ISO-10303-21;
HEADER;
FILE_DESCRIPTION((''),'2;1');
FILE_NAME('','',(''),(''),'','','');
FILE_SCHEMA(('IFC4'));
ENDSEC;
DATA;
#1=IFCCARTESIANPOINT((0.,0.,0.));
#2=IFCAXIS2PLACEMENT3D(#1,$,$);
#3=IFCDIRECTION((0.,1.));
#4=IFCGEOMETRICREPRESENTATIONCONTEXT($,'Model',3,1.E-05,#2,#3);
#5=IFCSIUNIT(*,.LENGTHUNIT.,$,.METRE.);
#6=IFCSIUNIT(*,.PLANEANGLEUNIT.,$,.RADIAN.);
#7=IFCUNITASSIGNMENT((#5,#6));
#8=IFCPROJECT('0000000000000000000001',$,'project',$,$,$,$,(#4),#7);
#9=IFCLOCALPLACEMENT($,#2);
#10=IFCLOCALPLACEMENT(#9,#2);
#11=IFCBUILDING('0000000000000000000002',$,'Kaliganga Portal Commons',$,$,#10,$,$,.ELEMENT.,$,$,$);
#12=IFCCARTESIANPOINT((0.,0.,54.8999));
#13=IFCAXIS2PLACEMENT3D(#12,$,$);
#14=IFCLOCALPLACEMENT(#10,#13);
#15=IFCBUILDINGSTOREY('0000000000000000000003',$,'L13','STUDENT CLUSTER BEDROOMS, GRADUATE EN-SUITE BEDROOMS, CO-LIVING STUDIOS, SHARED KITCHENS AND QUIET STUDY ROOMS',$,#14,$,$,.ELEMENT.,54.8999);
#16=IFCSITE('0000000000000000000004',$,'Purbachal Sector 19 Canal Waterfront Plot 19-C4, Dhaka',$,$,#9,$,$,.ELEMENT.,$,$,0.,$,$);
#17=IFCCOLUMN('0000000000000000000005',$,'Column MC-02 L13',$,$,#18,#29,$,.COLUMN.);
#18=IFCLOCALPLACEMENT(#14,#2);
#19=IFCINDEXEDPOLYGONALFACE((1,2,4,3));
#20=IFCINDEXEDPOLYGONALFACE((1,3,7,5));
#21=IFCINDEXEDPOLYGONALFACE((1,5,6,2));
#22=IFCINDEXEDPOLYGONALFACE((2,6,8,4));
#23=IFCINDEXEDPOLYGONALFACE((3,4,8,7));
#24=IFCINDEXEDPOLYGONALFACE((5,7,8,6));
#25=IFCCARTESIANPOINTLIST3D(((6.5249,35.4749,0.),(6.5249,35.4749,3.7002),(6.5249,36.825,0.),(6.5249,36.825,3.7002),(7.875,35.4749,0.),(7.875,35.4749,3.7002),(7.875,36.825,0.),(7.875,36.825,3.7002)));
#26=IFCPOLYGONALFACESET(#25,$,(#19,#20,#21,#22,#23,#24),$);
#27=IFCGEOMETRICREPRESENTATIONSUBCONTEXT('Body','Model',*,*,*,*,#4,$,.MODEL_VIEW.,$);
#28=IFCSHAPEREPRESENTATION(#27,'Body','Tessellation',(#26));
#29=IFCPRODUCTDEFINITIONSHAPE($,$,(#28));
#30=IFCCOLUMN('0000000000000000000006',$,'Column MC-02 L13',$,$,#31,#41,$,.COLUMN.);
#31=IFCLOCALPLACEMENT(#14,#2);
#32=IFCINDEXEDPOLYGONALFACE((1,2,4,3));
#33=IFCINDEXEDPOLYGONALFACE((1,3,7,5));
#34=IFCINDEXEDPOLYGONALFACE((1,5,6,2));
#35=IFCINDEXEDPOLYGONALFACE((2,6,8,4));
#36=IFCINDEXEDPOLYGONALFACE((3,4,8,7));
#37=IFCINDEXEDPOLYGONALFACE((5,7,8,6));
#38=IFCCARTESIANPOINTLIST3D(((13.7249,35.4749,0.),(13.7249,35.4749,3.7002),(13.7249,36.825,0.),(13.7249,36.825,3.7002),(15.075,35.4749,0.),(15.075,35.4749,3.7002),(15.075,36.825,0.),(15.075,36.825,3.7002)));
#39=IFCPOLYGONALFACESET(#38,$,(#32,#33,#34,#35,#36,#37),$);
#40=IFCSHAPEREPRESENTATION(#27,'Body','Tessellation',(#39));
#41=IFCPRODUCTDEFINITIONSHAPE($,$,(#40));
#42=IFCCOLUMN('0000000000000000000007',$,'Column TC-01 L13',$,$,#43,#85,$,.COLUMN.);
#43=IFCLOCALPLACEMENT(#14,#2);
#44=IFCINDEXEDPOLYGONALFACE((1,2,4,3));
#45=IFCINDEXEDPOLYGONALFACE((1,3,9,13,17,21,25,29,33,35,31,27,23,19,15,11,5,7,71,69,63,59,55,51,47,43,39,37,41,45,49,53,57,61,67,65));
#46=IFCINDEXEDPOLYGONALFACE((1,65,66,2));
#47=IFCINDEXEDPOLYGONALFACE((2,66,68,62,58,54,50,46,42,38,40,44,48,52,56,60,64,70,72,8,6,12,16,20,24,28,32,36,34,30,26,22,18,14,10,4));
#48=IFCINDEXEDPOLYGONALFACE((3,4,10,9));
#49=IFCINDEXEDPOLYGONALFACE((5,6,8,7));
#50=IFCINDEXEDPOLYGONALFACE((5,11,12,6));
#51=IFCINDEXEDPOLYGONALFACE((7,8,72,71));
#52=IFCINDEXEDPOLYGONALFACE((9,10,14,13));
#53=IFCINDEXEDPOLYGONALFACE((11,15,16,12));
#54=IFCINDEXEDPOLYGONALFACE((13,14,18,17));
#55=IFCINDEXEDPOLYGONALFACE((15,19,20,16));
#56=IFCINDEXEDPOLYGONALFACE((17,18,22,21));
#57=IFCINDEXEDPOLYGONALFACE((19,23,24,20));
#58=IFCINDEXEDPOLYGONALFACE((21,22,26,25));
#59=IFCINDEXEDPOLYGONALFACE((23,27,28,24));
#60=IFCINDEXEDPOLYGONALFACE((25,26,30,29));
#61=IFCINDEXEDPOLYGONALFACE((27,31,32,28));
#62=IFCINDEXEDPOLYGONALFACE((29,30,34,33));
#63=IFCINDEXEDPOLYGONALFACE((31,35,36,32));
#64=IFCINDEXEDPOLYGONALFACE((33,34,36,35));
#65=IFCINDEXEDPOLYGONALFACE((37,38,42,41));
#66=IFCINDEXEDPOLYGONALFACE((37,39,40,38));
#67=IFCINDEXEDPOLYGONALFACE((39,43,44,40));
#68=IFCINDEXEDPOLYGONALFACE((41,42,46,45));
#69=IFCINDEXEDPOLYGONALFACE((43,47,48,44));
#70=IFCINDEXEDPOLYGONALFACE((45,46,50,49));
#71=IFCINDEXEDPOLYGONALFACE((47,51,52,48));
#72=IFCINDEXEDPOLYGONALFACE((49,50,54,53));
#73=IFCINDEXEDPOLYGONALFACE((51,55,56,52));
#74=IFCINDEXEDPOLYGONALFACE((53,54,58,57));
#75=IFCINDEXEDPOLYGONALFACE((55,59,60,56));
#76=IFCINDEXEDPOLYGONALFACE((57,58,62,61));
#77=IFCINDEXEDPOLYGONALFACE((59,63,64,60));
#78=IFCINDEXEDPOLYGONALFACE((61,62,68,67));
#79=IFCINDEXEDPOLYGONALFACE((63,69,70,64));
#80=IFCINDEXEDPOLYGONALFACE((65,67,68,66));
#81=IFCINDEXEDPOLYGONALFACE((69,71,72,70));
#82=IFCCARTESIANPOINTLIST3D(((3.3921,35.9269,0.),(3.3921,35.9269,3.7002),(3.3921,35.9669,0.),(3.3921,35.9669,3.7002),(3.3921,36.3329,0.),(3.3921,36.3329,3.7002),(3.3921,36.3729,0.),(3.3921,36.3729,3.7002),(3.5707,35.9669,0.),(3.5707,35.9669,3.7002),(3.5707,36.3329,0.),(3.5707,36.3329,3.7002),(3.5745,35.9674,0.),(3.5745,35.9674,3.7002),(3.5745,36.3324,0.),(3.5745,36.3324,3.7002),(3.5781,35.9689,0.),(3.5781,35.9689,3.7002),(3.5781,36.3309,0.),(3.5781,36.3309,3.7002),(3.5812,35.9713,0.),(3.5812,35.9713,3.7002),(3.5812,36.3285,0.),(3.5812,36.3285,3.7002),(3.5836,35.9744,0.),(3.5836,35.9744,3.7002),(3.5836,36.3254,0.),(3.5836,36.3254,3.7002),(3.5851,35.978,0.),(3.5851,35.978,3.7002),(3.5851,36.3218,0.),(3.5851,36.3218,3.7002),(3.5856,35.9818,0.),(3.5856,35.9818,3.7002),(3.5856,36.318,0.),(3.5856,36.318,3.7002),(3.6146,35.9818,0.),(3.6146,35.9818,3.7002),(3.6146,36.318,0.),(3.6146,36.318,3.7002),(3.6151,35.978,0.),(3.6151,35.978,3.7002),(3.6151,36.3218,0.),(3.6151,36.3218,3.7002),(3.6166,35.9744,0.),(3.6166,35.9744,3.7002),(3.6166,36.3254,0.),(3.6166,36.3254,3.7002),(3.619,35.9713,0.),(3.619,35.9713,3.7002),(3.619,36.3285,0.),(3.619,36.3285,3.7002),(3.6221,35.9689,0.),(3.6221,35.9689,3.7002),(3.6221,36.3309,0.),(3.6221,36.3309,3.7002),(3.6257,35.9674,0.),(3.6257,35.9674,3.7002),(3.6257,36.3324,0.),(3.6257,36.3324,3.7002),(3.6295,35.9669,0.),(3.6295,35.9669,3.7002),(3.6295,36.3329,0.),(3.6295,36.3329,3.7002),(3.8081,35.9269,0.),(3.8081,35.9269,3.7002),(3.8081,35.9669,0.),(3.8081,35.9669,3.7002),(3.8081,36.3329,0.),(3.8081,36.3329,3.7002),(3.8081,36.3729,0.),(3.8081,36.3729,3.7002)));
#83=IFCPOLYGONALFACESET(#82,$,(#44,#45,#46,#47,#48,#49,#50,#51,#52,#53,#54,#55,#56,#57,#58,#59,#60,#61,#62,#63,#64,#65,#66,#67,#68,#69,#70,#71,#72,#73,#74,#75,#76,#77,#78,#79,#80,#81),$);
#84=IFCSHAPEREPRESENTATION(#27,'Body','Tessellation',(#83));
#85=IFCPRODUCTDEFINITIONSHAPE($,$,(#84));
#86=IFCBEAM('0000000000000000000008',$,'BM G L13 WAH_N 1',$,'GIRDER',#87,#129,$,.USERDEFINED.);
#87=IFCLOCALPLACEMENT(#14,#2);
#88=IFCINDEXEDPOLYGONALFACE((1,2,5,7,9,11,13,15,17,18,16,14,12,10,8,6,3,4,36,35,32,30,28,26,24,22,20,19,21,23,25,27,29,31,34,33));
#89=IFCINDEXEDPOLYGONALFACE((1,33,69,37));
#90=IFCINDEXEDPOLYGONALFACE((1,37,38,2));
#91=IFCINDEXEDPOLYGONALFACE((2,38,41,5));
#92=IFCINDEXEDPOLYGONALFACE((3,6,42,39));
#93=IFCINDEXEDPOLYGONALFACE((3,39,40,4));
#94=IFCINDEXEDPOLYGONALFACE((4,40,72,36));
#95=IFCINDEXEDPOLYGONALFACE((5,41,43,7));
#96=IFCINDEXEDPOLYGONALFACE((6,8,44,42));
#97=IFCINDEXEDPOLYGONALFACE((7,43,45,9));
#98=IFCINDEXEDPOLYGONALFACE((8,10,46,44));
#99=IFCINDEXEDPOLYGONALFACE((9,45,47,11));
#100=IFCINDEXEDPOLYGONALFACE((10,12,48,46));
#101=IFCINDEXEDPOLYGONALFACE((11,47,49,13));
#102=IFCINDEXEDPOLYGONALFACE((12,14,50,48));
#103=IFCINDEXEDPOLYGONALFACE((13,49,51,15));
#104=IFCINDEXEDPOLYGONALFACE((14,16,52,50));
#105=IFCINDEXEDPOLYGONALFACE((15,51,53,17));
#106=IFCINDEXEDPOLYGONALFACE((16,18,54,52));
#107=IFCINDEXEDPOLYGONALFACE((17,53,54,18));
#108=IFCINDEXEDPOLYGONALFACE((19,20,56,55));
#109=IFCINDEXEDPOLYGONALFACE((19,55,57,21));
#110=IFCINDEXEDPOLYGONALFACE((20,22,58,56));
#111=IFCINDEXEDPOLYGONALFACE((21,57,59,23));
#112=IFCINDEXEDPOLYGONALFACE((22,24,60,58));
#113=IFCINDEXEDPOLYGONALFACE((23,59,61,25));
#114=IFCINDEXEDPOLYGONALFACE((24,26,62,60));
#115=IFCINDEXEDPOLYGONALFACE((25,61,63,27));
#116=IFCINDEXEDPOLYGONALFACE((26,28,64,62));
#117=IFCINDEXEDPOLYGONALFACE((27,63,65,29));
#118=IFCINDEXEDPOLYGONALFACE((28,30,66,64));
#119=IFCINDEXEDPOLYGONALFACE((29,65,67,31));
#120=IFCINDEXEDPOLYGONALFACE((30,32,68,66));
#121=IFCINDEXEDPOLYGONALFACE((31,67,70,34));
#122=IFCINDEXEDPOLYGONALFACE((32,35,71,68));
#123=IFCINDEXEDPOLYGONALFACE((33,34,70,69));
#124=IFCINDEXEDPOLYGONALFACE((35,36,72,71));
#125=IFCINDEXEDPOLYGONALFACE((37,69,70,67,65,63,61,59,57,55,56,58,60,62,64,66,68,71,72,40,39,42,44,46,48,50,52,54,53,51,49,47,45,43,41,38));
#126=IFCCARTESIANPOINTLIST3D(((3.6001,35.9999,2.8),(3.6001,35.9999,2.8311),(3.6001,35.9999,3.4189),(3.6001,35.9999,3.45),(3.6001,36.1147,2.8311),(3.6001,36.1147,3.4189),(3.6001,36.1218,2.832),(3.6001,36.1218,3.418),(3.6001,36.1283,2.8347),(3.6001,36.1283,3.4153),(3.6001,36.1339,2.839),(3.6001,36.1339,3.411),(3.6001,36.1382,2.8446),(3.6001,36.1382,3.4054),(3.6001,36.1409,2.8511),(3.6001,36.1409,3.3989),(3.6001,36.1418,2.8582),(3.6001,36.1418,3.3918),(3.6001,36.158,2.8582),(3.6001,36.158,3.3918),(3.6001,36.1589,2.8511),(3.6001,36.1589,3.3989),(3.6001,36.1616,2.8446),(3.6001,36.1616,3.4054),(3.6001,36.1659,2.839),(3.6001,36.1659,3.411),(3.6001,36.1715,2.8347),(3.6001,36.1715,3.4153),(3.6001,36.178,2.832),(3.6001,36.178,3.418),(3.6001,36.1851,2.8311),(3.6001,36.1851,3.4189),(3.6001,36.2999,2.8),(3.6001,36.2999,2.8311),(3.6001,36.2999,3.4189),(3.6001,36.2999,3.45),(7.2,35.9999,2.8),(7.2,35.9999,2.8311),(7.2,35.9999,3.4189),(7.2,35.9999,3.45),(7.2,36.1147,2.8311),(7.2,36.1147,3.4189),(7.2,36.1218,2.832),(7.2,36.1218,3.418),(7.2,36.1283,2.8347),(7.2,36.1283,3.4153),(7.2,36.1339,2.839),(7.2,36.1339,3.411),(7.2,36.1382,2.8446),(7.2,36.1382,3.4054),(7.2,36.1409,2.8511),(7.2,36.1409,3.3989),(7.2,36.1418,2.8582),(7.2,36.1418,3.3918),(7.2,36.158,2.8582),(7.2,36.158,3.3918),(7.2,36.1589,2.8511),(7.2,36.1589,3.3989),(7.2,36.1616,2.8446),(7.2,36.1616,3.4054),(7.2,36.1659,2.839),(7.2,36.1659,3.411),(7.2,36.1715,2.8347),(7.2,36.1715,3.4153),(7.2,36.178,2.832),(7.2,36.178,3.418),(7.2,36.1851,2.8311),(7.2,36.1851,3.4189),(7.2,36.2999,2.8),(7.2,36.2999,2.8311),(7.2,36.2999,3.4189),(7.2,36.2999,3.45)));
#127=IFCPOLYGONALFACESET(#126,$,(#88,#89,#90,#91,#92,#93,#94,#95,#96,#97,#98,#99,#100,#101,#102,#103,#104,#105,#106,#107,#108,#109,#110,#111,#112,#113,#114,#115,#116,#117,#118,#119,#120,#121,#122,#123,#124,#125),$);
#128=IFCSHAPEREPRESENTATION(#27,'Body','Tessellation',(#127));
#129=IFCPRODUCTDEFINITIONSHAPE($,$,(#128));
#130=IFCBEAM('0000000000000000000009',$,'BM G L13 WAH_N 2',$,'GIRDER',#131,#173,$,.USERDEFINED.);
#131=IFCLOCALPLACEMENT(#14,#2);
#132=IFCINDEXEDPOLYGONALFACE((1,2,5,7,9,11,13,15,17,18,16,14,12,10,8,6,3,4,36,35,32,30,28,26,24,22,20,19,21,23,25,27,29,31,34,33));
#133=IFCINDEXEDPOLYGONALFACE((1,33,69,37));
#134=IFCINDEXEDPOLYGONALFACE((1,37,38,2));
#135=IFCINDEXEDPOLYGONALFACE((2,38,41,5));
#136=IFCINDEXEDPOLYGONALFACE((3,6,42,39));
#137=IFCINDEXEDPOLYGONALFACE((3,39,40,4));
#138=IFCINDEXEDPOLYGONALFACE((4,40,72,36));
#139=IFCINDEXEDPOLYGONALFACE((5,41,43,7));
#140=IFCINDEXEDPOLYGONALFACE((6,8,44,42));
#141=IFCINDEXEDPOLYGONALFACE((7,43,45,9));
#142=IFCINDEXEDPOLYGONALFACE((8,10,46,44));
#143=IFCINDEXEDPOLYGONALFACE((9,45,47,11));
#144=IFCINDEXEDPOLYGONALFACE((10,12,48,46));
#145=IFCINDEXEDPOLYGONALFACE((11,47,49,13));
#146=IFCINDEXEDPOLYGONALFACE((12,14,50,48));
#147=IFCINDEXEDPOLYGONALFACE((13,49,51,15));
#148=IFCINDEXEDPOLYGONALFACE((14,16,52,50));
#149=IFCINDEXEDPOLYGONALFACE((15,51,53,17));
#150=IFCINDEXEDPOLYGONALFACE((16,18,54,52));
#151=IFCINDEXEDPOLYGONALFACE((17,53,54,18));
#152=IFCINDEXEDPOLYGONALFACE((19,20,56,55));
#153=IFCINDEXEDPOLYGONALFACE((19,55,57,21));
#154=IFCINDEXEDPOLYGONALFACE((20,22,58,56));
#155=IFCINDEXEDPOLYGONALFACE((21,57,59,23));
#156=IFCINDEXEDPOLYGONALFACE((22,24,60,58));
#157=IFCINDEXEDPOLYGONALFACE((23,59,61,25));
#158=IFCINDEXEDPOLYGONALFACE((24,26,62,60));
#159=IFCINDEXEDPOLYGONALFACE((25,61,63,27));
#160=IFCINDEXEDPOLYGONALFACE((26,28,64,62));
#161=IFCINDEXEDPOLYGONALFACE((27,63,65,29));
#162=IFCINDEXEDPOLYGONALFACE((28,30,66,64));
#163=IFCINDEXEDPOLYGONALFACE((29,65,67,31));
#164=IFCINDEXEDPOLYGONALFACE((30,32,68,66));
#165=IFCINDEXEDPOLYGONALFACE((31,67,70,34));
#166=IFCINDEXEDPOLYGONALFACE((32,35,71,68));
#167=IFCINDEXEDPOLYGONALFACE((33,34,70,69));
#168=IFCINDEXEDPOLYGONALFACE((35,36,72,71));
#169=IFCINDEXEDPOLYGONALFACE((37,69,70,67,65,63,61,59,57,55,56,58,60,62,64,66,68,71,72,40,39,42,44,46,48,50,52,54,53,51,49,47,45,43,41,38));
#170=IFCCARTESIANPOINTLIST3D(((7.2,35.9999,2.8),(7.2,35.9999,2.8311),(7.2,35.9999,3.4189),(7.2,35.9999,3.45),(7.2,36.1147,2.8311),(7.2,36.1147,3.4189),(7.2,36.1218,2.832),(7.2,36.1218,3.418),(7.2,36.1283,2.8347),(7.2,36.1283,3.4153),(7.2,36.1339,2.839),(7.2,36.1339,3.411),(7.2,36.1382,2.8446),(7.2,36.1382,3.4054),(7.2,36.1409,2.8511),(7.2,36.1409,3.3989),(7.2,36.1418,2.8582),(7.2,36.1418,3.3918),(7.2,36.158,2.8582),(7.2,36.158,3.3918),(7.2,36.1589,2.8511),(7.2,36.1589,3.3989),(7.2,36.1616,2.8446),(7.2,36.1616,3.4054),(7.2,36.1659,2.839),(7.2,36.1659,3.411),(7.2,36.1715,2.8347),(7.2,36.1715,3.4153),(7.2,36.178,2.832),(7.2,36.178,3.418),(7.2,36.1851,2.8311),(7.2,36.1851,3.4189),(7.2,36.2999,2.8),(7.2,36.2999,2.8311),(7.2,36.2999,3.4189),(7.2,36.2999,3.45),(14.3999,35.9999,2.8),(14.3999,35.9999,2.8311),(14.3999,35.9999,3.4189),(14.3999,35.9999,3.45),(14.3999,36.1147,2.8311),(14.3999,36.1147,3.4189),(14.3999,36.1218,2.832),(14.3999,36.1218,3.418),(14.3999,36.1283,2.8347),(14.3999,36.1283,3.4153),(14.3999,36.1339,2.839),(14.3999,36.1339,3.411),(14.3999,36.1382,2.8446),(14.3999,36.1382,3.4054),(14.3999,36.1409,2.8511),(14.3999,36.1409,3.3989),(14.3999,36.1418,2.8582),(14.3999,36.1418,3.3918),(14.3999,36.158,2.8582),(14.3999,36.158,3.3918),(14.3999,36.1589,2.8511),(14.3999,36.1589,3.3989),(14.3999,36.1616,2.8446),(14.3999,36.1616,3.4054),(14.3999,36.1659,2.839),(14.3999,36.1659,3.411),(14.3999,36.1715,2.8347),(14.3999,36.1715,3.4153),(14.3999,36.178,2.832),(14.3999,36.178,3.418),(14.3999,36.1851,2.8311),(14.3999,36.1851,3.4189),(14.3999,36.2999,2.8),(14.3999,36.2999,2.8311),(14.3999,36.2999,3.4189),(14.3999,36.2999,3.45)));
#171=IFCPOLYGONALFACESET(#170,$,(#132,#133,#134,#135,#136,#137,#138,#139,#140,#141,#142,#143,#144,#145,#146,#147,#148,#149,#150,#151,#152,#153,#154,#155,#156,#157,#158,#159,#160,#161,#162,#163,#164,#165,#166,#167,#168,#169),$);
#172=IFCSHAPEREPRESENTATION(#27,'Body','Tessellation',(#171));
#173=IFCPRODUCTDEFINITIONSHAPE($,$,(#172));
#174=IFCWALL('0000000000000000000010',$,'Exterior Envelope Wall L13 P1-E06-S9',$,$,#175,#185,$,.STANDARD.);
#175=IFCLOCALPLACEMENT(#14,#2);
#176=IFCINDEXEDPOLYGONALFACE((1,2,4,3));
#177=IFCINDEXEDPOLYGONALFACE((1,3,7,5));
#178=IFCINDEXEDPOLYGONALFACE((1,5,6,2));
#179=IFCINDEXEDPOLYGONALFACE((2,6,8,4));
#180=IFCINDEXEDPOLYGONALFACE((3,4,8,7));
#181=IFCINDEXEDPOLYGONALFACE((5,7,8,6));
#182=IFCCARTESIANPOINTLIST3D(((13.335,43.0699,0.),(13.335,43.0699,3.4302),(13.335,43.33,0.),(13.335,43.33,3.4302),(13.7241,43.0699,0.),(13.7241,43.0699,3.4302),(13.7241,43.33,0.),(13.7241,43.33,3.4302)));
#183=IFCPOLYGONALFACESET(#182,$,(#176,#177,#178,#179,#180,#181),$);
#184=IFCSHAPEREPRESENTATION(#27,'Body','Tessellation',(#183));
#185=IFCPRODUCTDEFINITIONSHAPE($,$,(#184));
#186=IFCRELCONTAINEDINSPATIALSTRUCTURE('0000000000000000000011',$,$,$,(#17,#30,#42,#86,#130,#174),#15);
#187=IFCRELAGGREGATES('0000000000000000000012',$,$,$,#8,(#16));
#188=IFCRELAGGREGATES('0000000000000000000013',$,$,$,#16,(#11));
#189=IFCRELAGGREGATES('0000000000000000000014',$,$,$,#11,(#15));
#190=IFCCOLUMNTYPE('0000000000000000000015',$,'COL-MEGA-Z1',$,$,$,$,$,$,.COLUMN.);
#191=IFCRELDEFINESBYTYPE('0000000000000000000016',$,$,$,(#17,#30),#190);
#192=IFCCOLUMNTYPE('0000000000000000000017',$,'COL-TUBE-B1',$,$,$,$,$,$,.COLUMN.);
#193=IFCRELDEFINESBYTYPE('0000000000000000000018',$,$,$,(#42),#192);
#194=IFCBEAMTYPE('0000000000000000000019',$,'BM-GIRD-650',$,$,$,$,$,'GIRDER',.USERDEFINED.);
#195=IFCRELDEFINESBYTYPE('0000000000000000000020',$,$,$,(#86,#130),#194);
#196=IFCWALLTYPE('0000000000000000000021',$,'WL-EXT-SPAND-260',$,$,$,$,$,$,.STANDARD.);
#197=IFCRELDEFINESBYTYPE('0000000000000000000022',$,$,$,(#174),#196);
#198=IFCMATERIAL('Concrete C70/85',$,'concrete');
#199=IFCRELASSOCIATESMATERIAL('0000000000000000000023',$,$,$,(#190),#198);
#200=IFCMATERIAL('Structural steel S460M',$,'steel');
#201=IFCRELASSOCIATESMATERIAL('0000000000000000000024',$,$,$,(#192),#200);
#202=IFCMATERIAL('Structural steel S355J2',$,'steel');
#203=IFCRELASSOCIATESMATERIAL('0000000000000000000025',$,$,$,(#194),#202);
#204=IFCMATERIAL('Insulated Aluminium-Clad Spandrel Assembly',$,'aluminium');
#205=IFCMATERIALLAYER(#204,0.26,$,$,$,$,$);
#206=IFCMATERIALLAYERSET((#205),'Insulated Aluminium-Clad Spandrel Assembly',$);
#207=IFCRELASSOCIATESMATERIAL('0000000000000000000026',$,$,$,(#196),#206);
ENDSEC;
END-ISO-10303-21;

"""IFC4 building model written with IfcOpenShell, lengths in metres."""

from ifc_helpers import new_model, si_unit, direction, frame, frame_2d, origin, origin_2d, place, context, subcontext, project, spatial, rectangle, i_section, extrude, source, transform, mapped, material, layer, layer_set, material_profile, profile_set, type_object, element, save


model = new_model("IFC4")

# Units and contexts
model_context = context("Model", 3, precision=1e-05, world=origin(), true_north=direction((0.0, 1.0)))
body_context = subcontext(model_context, "Body", "Model", "MODEL_VIEW")
ifc_project = project(units=[si_unit("LENGTHUNIT", "METRE"), si_unit("PLANEANGLEUNIT", "RADIAN")], contexts=[model_context])

# Site, building, storey
site_placement = place(None, origin())
site = spatial("IfcSite", under=ifc_project, at=site_placement, Name="Purbachal Sector 19 Canal Waterfront Plot 19-C4, Dhaka", CompositionType="ELEMENT", RefElevation=0.0)
building_placement = place(site_placement, origin())
building = spatial("IfcBuilding", under=site, at=building_placement, Name="Kaliganga Portal Commons", CompositionType="ELEMENT")
storey_placement = place(building_placement, frame((0.0, 0.0, 54.8999)))
storey = spatial("IfcBuildingStorey", under=building, at=storey_placement, Name="L13", Description="STUDENT CLUSTER BEDROOMS, GRADUATE EN-SUITE BEDROOMS, CO-LIVING STUDIOS, SHARED KITCHENS AND QUIET STUDY ROOMS", CompositionType="ELEMENT", Elevation=54.8999)

# Columns
ifc_material_1 = material(Name="Concrete C70/85", Category="concrete")
ifc_material_profile_1 = material_profile(ifc_material_1, rectangle(XDim=1.3501, YDim=1.3501, at=origin_2d()), Name="RC 1350x1350")
ifc_profile_set_1 = profile_set([ifc_material_profile_1], Name="Concrete C70/85")
column_type_1 = type_object("IfcColumnType", Name="COL-MEGA-Z1", PredefinedType="COLUMN", material=ifc_profile_set_1)
shared_shape_1 = source(origin(), body_context, "Body", "SweptSolid", [
    extrude(rectangle(XDim=1.3501, YDim=1.3501, at=origin_2d()), origin(), (0.0, 0.0, 1.0), 3.7002),
])
for number, where, z_axis, x_axis, name in (
    (1, (7.2, 36.1499, 0.0), (0.0, 0.0, 1.0), (1.0, 0.0, 0.0), "Column MC-02 L13"),
    (2, (14.3999, 36.1499, 0.0), (0.0, 0.0, 1.0), (1.0, 0.0, 0.0), "Column MC-02 L13"),
):
    element("IfcColumn", number, at=place(storey_placement, frame(where, z_axis=z_axis, x_axis=x_axis)), inside=storey, type_object=column_type_1, Name=name, PredefinedType="COLUMN", context=body_context, shape_type="MappedRepresentation", body=[
        mapped(shared_shape_1, transform((0.0, 0.0, 0.0), x_axis=(1.0, 0.0, 0.0), y_axis=(0.0, 1.0, 0.0), z_axis=(0.0, 0.0, 1.0), scale=1.0)),
    ])
ifc_material_2 = material(Name="Structural steel S460M", Category="steel")
ifc_material_profile_2 = material_profile(ifc_material_2, i_section(OverallWidth=0.416, OverallDepth=0.446, WebThickness=0.0291, FlangeThickness=0.04, FilletRadius=0.0149, at=origin_2d()), Name="HD 400x509")
ifc_profile_set_2 = profile_set([ifc_material_profile_2], Name="Structural steel S460M wide-flange")
column_type_2 = type_object("IfcColumnType", Name="COL-TUBE-B1", PredefinedType="COLUMN", material=ifc_profile_set_2)
shared_shape_2 = source(origin(), body_context, "Body", "SweptSolid", [
    extrude(i_section(OverallWidth=0.416, OverallDepth=0.446, WebThickness=0.0291, FlangeThickness=0.04, FilletRadius=0.0149, at=origin_2d()), origin(), (0.0, 0.0, 1.0), 3.7002),
])
column_placement = place(storey_placement, frame((3.6001, 36.1499, 0.0), z_axis=(0.0, 0.0, 1.0), x_axis=(1.0, 0.0, 0.0)))
element("IfcColumn", 3, at=column_placement, inside=storey, type_object=column_type_2, Name="Column TC-01 L13", PredefinedType="COLUMN", context=body_context, shape_type="MappedRepresentation", body=[
    mapped(shared_shape_2, transform((0.0, 0.0, 0.0), x_axis=(1.0, 0.0, 0.0), y_axis=(0.0, 1.0, 0.0), z_axis=(0.0, 0.0, 1.0), scale=1.0)),
])

# Beams
ifc_material_3 = material(Name="Structural steel S355J2", Category="steel")
ifc_material_profile_3 = material_profile(ifc_material_3, i_section(OverallWidth=0.3, OverallDepth=0.6499, WebThickness=0.0161, FlangeThickness=0.031, FilletRadius=0.0271, at=origin_2d()), Name="HE 650 B")
ifc_profile_set_3 = profile_set([ifc_material_profile_3], Name="Structural steel S355J2 wide-flange")
beam_type = type_object("IfcBeamType", Name="BM-GIRD-650", ElementType="GIRDER", PredefinedType="USERDEFINED", material=ifc_profile_set_3)
shared_shape_3 = source(origin(), body_context, "Body", "SweptSolid", [
    extrude(i_section(OverallWidth=0.3, OverallDepth=0.6499, WebThickness=0.0161, FlangeThickness=0.031, FilletRadius=0.0271, at=origin_2d()), origin(), (0.0, 0.0, 1.0), 3.5999),
])
beam_1_placement = place(storey_placement, frame((3.6001, 36.1499, 3.125), z_axis=(1.0, 0.0, 0.0), x_axis=(0.0, 1.0, 0.0)))
element("IfcBeam", 4, at=beam_1_placement, inside=storey, type_object=beam_type, Name="BM G L13 WAH_N 1", ObjectType="GIRDER", PredefinedType="USERDEFINED", context=body_context, shape_type="MappedRepresentation", body=[
    mapped(shared_shape_3, transform((0.0, 0.0, 0.0), x_axis=(1.0, 0.0, 0.0), y_axis=(0.0, 1.0, 0.0), z_axis=(0.0, 0.0, 1.0), scale=1.0)),
])
shared_shape_4 = source(origin(), body_context, "Body", "SweptSolid", [
    extrude(i_section(OverallWidth=0.3, OverallDepth=0.6499, WebThickness=0.0161, FlangeThickness=0.031, FilletRadius=0.0271, at=origin_2d()), origin(), (0.0, 0.0, 1.0), 7.2),
])
beam_2_placement = place(storey_placement, frame((7.2, 36.1499, 3.125), z_axis=(1.0, 0.0, 0.0), x_axis=(0.0, 1.0, 0.0)))
element("IfcBeam", 5, at=beam_2_placement, inside=storey, type_object=beam_type, Name="BM G L13 WAH_N 2", ObjectType="GIRDER", PredefinedType="USERDEFINED", context=body_context, shape_type="MappedRepresentation", body=[
    mapped(shared_shape_4, transform((0.0, 0.0, 0.0), x_axis=(1.0, 0.0, 0.0), y_axis=(0.0, 1.0, 0.0), z_axis=(0.0, 0.0, 1.0), scale=1.0)),
])

# Wall
ifc_material_4 = material(Name="Insulated Aluminium-Clad Spandrel Assembly", Category="aluminium")
ifc_layer_1 = layer(ifc_material_4, 0.26)
ifc_layer_set_1 = layer_set([ifc_layer_1], Name="Insulated Aluminium-Clad Spandrel Assembly")
wall_type_1 = type_object("IfcWallType", Name="WL-EXT-SPAND-260", PredefinedType="STANDARD", material=ifc_layer_set_1)
wall_1_placement = place(storey_placement, frame((13.335, 43.2, 0.0), z_axis=(0.0, 0.0, 1.0), x_axis=(1.0, 0.0, 0.0)))
element("IfcWall", 6, at=wall_1_placement, inside=storey, type_object=wall_type_1, Name="Exterior Envelope Wall L13 P1-E06-S9", PredefinedType="STANDARD", context=body_context, shape_type="SweptSolid", body=[
    extrude(rectangle(XDim=0.3892, YDim=0.26, at=frame_2d((0.1946, 0.0))), origin(), (0.0, 0.0, 1.0), 3.4302),
])

save(model, "model.ifc")
